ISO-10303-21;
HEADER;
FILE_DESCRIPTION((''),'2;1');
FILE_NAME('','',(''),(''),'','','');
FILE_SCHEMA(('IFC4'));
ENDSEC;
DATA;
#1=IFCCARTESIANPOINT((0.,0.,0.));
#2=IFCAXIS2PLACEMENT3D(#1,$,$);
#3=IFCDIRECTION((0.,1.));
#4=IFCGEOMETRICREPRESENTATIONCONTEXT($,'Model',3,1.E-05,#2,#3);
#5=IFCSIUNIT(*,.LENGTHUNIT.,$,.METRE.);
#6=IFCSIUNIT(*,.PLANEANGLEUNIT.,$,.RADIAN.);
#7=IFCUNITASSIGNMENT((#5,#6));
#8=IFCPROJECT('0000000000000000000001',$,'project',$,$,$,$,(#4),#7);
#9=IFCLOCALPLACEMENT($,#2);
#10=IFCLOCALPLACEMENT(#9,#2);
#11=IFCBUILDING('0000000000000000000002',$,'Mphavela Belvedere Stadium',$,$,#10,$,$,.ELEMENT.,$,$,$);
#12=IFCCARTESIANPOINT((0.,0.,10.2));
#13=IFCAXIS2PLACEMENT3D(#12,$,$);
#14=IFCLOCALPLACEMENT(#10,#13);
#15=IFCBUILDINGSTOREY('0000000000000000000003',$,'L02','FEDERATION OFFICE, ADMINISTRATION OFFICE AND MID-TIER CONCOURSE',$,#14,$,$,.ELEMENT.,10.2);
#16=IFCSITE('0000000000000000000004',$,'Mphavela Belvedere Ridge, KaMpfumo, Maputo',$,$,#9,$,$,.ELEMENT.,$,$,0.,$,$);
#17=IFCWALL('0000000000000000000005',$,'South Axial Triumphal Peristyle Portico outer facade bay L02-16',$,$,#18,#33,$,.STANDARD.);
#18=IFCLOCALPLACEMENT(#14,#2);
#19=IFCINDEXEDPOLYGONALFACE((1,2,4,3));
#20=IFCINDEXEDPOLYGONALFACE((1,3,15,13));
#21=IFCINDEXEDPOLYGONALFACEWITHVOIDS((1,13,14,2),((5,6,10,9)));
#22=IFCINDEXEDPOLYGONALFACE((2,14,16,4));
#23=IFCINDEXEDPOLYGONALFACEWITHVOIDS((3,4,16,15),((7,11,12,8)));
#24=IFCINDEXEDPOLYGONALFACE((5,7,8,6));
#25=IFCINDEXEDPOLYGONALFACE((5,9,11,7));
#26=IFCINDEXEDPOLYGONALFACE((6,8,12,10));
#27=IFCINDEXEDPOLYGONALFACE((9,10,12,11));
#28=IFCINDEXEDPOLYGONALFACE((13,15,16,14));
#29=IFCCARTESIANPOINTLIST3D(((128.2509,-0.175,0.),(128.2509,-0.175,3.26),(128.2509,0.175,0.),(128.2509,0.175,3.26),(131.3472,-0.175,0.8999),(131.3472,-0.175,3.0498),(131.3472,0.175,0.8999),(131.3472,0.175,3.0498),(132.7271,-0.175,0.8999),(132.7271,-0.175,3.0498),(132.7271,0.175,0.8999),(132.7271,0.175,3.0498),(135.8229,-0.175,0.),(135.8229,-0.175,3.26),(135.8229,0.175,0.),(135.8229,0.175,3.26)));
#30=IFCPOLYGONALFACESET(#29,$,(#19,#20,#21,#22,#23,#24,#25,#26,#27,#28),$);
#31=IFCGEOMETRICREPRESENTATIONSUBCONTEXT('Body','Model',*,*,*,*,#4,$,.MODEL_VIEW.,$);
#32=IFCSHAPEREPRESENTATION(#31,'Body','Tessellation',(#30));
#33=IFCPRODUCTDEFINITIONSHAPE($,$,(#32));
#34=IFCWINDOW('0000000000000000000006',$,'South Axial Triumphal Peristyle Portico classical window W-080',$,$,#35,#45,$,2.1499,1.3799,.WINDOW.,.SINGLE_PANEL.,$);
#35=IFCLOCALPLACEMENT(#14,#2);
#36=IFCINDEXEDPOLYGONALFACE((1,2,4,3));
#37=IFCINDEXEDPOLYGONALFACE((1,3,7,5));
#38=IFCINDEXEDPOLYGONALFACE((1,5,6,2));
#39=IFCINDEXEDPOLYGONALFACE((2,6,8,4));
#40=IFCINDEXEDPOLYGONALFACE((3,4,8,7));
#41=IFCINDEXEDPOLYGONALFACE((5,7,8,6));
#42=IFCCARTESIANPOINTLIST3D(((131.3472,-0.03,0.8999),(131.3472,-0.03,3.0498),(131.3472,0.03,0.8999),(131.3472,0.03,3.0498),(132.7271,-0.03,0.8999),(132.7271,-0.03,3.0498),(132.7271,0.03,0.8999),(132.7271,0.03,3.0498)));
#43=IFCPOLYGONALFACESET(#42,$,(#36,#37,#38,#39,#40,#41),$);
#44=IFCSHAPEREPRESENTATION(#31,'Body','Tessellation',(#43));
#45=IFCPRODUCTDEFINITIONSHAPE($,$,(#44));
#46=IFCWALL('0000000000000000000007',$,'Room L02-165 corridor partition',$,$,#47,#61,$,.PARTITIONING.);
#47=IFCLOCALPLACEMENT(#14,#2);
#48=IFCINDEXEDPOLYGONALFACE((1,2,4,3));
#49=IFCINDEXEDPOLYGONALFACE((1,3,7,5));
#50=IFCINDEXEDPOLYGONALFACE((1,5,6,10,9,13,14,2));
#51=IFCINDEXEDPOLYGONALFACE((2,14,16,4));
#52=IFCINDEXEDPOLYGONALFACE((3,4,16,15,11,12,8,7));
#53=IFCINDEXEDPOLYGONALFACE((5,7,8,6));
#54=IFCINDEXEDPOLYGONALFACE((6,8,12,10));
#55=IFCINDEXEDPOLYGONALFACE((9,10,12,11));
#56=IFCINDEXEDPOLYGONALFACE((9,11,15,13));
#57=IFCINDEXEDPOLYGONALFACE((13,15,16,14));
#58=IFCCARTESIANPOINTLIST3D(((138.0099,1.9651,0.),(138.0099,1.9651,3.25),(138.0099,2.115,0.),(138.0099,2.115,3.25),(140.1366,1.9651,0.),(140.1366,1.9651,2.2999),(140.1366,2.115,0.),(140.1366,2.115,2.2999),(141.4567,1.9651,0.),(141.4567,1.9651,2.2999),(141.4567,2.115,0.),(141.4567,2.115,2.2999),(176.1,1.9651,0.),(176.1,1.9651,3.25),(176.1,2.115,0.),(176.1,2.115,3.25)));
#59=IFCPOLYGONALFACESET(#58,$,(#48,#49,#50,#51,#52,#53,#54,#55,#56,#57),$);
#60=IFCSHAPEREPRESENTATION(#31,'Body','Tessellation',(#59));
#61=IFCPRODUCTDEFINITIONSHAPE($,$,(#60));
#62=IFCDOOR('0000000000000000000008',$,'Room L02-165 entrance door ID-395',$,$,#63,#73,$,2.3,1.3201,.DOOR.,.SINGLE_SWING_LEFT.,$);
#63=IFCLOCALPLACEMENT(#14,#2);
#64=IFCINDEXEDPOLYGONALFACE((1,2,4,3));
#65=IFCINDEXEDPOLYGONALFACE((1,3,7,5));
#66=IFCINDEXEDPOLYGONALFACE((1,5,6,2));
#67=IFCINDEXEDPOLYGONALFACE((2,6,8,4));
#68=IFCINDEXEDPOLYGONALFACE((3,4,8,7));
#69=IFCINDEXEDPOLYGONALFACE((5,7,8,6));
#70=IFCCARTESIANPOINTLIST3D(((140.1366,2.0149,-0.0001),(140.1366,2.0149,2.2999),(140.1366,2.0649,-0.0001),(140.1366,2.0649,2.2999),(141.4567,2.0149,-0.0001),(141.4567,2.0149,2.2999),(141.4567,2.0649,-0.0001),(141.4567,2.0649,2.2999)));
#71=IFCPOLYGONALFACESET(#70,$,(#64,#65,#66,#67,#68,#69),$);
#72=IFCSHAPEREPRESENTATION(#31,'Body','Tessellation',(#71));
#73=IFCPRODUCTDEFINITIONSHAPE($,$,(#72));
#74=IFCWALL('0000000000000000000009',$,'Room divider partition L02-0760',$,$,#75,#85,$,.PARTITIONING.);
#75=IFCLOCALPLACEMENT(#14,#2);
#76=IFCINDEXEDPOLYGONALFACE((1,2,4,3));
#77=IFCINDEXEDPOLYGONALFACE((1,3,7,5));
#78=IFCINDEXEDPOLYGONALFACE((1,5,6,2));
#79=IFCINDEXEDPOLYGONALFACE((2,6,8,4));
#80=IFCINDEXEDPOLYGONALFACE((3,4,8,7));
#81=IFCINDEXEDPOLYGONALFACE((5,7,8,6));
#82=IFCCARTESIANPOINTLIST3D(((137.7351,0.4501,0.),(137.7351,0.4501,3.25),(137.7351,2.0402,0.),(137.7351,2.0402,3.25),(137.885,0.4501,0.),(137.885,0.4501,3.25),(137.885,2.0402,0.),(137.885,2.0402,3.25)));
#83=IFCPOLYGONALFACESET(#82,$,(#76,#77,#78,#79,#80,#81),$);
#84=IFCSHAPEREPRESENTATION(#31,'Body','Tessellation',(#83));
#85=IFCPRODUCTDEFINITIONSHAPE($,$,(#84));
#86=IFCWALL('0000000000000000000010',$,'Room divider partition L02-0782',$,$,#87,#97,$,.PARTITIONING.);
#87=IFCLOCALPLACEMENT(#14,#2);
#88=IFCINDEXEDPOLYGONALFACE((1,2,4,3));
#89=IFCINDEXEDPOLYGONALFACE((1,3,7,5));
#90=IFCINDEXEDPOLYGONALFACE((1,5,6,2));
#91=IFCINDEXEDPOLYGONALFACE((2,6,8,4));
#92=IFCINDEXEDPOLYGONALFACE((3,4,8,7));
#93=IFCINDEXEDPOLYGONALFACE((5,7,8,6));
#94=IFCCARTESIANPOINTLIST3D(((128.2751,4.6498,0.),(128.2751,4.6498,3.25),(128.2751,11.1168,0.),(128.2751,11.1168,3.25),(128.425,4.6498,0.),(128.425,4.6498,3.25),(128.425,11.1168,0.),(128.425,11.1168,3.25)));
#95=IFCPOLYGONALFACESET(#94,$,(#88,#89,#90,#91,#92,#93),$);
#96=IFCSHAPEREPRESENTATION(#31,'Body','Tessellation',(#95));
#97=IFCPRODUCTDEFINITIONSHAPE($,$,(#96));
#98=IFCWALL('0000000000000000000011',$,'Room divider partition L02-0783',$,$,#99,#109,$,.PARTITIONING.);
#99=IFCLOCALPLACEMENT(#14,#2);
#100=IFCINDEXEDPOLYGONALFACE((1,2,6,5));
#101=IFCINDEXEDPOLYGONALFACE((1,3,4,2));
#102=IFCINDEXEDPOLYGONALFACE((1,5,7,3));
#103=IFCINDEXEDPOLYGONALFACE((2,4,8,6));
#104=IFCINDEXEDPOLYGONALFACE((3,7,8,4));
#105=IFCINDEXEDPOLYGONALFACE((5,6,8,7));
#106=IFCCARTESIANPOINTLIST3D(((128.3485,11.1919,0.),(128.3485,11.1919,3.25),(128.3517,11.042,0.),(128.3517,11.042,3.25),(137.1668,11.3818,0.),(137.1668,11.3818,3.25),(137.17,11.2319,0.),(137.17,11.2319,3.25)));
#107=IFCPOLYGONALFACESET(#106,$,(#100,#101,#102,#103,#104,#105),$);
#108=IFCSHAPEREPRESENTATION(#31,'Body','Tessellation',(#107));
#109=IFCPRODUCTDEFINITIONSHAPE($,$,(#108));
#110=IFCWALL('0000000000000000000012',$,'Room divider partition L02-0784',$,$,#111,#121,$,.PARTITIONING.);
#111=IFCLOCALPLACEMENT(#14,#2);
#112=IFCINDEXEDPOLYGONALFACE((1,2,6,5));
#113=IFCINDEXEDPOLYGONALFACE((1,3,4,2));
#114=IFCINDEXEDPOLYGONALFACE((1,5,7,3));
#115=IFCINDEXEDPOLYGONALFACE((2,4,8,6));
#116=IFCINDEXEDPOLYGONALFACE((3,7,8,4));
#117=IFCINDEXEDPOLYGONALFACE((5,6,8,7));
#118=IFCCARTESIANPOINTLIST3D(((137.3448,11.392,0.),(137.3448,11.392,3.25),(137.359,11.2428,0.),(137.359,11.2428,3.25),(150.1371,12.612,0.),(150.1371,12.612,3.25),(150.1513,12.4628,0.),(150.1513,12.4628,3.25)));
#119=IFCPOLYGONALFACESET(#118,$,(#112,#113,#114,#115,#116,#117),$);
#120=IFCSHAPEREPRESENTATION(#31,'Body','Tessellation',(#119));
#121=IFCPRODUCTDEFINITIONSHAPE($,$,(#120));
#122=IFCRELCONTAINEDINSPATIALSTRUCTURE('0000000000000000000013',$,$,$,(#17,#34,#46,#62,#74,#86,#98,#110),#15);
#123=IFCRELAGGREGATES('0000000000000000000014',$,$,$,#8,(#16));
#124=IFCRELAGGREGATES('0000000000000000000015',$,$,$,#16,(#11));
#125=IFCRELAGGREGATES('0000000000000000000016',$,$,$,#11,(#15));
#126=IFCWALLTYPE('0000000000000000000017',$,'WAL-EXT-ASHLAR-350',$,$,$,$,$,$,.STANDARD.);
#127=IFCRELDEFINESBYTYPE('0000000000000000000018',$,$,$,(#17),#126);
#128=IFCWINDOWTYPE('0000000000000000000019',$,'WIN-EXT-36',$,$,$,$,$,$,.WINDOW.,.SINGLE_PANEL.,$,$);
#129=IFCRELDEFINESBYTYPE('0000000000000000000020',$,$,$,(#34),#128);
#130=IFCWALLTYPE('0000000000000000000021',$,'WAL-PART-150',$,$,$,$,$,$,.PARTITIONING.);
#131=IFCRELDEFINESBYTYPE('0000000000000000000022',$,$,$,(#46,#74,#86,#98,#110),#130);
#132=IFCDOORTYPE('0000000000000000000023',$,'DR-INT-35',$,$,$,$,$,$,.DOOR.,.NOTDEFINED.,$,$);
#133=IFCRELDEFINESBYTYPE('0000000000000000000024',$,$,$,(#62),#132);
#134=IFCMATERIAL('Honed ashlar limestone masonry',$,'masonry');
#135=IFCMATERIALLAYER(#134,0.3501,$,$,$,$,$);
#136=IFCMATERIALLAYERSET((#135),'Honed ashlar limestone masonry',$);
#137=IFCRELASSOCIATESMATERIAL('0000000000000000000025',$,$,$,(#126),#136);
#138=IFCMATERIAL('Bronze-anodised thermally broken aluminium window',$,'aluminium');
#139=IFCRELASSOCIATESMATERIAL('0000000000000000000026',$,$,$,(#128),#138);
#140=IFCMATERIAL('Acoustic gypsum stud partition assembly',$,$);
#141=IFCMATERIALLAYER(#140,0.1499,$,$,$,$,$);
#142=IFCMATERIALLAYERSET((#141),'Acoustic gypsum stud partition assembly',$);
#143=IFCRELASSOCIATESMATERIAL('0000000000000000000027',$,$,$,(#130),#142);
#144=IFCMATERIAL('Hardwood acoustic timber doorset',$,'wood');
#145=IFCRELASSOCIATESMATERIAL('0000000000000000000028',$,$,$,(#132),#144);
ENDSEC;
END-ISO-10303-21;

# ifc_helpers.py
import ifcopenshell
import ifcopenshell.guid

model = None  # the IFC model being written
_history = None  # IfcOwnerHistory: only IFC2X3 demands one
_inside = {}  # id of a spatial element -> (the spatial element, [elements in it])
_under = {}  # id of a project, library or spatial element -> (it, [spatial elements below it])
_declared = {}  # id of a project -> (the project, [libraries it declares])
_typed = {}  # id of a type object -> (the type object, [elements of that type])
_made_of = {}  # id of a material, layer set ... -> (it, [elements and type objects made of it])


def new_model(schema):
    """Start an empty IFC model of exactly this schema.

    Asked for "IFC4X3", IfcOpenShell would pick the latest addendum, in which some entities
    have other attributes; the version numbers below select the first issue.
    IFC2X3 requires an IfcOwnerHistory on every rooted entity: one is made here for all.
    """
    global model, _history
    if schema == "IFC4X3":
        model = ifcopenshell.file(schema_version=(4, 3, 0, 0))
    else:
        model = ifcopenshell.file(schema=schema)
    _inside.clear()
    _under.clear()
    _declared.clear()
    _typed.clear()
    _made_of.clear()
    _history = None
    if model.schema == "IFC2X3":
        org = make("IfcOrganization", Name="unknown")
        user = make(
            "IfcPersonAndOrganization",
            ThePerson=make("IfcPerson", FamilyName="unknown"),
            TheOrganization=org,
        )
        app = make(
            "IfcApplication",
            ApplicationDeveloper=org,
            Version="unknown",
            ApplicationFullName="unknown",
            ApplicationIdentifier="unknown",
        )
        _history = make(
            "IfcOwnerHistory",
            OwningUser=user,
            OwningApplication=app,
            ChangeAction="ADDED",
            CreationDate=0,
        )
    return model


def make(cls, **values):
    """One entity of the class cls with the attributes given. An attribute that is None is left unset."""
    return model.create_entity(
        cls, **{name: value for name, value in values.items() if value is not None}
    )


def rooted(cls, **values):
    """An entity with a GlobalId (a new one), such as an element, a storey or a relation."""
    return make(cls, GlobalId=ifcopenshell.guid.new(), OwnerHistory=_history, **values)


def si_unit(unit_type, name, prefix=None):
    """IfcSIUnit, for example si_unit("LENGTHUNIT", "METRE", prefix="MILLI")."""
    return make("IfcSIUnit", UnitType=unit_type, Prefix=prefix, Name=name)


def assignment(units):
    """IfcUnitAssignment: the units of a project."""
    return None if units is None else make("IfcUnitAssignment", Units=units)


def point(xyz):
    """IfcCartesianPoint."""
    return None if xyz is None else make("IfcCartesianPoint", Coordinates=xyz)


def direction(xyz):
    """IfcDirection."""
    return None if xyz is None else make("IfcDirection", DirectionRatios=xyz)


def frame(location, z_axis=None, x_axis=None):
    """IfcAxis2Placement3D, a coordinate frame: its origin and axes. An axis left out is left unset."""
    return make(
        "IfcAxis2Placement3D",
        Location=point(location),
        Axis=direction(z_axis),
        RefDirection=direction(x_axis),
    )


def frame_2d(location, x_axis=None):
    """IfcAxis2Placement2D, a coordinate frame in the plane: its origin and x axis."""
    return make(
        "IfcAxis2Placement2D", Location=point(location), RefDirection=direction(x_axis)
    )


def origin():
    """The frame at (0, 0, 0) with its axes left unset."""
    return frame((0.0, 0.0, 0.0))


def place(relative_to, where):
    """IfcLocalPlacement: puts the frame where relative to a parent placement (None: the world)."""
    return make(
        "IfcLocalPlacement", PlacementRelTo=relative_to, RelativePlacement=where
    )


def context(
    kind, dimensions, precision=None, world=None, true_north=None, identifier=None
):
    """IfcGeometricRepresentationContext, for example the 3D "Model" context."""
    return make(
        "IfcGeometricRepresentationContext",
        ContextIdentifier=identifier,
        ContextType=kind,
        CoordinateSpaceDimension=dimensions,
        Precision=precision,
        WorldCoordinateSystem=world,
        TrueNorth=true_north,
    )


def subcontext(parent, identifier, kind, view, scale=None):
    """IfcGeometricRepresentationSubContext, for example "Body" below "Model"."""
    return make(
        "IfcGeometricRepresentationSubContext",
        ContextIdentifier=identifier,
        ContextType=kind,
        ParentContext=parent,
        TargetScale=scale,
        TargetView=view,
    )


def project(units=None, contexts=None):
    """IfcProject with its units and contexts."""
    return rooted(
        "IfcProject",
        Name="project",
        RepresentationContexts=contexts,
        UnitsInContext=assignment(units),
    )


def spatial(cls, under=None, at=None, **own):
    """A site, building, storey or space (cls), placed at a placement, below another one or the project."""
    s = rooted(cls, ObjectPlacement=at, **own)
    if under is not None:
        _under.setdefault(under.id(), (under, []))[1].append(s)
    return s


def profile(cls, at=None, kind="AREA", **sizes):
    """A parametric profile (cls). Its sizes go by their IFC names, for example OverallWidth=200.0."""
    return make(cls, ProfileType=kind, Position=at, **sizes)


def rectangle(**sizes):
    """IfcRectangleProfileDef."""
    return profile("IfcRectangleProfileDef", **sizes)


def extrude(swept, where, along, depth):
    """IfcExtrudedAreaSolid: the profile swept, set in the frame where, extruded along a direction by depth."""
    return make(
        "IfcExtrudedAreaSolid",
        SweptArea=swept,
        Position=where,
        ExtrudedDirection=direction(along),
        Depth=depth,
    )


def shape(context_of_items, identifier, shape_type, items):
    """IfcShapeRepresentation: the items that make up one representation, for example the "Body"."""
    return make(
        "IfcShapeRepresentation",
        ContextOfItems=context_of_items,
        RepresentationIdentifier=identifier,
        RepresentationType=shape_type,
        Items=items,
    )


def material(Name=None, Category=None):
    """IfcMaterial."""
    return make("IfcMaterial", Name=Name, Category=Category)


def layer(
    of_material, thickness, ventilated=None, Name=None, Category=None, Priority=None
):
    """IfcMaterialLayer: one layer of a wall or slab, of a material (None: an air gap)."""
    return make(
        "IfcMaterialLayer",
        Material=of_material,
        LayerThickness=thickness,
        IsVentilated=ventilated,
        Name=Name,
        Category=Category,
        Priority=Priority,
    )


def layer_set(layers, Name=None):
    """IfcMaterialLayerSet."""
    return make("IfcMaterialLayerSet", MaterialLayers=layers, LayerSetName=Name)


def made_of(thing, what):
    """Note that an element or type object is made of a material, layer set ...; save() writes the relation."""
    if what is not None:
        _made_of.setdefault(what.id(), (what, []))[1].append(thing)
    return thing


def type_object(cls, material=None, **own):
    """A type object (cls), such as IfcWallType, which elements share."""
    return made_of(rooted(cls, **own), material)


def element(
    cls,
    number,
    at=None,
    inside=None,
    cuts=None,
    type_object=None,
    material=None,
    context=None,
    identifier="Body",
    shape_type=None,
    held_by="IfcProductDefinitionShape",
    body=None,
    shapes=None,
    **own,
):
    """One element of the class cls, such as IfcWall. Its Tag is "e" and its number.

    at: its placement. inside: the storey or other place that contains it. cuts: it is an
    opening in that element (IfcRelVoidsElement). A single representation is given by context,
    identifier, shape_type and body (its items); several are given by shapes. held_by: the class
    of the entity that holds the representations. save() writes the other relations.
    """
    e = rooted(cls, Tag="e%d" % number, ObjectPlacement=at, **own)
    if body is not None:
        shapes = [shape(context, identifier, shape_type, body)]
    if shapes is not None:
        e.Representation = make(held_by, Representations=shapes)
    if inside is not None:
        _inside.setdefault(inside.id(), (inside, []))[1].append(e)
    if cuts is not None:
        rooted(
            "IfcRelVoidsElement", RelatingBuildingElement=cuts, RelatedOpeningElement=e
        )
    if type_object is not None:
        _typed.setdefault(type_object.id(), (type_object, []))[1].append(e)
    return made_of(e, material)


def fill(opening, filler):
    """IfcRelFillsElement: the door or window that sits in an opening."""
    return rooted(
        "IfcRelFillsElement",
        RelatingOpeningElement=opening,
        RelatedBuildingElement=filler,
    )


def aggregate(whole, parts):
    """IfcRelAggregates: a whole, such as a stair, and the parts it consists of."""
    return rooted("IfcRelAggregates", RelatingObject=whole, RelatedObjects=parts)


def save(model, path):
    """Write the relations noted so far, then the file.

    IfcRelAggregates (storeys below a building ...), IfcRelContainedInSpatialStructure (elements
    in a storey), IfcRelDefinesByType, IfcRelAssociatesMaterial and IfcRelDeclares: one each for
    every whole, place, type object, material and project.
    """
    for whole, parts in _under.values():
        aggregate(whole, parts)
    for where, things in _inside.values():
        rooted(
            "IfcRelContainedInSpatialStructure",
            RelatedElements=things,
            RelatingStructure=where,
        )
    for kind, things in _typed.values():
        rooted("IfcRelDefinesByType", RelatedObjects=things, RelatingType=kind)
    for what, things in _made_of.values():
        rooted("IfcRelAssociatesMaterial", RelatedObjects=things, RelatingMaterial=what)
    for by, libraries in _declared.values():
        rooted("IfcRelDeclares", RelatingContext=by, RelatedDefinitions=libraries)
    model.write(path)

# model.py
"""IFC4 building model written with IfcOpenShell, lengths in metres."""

from ifc_helpers import new_model, si_unit, direction, frame, frame_2d, origin, place, context, subcontext, project, spatial, rectangle, extrude, material, layer, layer_set, type_object, element, fill, save


model = new_model("IFC4")

# Units and contexts
model_context = context("Model", 3, precision=1e-05, world=origin(), true_north=direction((0.0, 1.0)))
body_context = subcontext(model_context, "Body", "Model", "MODEL_VIEW")
ifc_project = project(units=[si_unit("LENGTHUNIT", "METRE"), si_unit("PLANEANGLEUNIT", "RADIAN")], contexts=[model_context])

# Site, building, storey
site_placement = place(None, origin())
site = spatial("IfcSite", under=ifc_project, at=site_placement, Name="Mphavela Belvedere Ridge, KaMpfumo, Maputo", CompositionType="ELEMENT", RefElevation=0.0)
building_placement = place(site_placement, origin())
building = spatial("IfcBuilding", under=site, at=building_placement, Name="Mphavela Belvedere Stadium", CompositionType="ELEMENT")
storey_placement = place(building_placement, frame((0.0, 0.0, 10.2)))
storey = spatial("IfcBuildingStorey", under=building, at=storey_placement, Name="L02", Description="FEDERATION OFFICE, ADMINISTRATION OFFICE AND MID-TIER CONCOURSE", CompositionType="ELEMENT", Elevation=10.2)

# Wall, opening, window
ifc_material_1 = material(Name="Honed ashlar limestone masonry", Category="masonry")
ifc_layer_1 = layer(ifc_material_1, 0.3501)
ifc_layer_set_1 = layer_set([ifc_layer_1], Name="Honed ashlar limestone masonry")
wall_type_1 = type_object("IfcWallType", Name="WAL-EXT-ASHLAR-350", PredefinedType="STANDARD", material=ifc_layer_set_1)
wall_1_placement = place(storey_placement, frame((135.823, 0.0, 0.0), z_axis=(0.0, 0.0, 1.0), x_axis=(-1.0, 0.0, 0.0)))
wall_1 = element("IfcWall", 1, at=wall_1_placement, inside=storey, type_object=wall_type_1, Name="South Axial Triumphal Peristyle Portico outer facade bay L02-16", PredefinedType="STANDARD", context=body_context, shape_type="SweptSolid", body=[
    extrude(rectangle(XDim=7.572, YDim=0.3501, at=frame_2d((3.7861, 0.0))), origin(), (0.0, 0.0, 1.0), 3.26),
])
opening_1_placement = place(wall_1_placement, frame((3.0959, 0.0, 0.8999)))
opening_1 = element("IfcOpeningElement", 2, at=opening_1_placement, cuts=wall_1, PredefinedType="OPENING", context=body_context, shape_type="SweptSolid", body=[
    extrude(rectangle(XDim=1.3799, YDim=2.1499, at=frame_2d((0.6899, 1.075))), frame((0.0, 0.1851, 0.0), z_axis=(0.0, -1.0, 0.0), x_axis=(1.0, 0.0, 0.0)), (0.0, 0.0, 1.0), 0.3701),
])
ifc_material_2 = material(Name="Bronze-anodised thermally broken aluminium window", Category="aluminium")
window_type_1 = type_object("IfcWindowType", Name="WIN-EXT-36", PartitioningType="SINGLE_PANEL", PredefinedType="WINDOW", material=ifc_material_2)
window_1_placement = place(opening_1_placement, origin())
window_1 = element("IfcWindow", 3, at=window_1_placement, inside=storey, type_object=window_type_1, Name="South Axial Triumphal Peristyle Portico classical window W-080", OverallHeight=2.1499, OverallWidth=1.3799, PartitioningType="SINGLE_PANEL", PredefinedType="WINDOW", context=body_context, shape_type="SweptSolid", body=[
    extrude(rectangle(XDim=1.3799, YDim=2.1499, at=frame_2d((0.6899, 1.075))), frame((0.0, 0.03, 0.0), z_axis=(0.0, -1.0, 0.0), x_axis=(1.0, 0.0, 0.0)), (0.0, 0.0, 1.0), 0.0601),
])
fill(opening_1, window_1)

# Wall, opening, door
ifc_material_3 = material(Name="Acoustic gypsum stud partition assembly")
ifc_layer_2 = layer(ifc_material_3, 0.1499)
ifc_layer_set_2 = layer_set([ifc_layer_2], Name="Acoustic gypsum stud partition assembly")
wall_type_2 = type_object("IfcWallType", Name="WAL-PART-150", PredefinedType="PARTITIONING", material=ifc_layer_set_2)
wall_2_placement = place(storey_placement, frame((138.01, 2.04, 0.0), z_axis=(0.0, 0.0, 1.0), x_axis=(1.0, 0.0, 0.0)))
wall_2 = element("IfcWall", 4, at=wall_2_placement, inside=storey, type_object=wall_type_2, Name="Room L02-165 corridor partition", PredefinedType="PARTITIONING", context=body_context, shape_type="SweptSolid", body=[
    extrude(rectangle(XDim=38.0901, YDim=0.1499, at=frame_2d((19.0449, 0.0))), origin(), (0.0, 0.0, 1.0), 3.25),
])
opening_2_placement = place(wall_2_placement, frame((2.1265, 0.0, 0.0)))
opening_2 = element("IfcOpeningElement", 5, at=opening_2_placement, cuts=wall_2, PredefinedType="OPENING", context=body_context, shape_type="SweptSolid", body=[
    extrude(rectangle(XDim=1.3201, YDim=2.3, at=frame_2d((0.6602, 1.1499))), frame((0.0, 0.085, 0.0), z_axis=(0.0, -1.0, 0.0), x_axis=(1.0, 0.0, 0.0)), (0.0, 0.0, 1.0), 0.1699),
])
ifc_material_4 = material(Name="Hardwood acoustic timber doorset", Category="wood")
door_type = type_object("IfcDoorType", Name="DR-INT-35", OperationType="NOTDEFINED", PredefinedType="DOOR", material=ifc_material_4)
door_placement = place(opening_2_placement, origin())
door = element("IfcDoor", 6, at=door_placement, inside=storey, type_object=door_type, Name="Room L02-165 entrance door ID-395", OperationType="SINGLE_SWING_LEFT", OverallHeight=2.3, OverallWidth=1.3201, PredefinedType="DOOR", context=body_context, shape_type="SweptSolid", body=[
    extrude(rectangle(XDim=1.3201, YDim=2.3, at=frame_2d((0.6602, 1.1499))), frame((0.0, 0.0249, 0.0), z_axis=(0.0, -1.0, 0.0), x_axis=(1.0, 0.0, 0.0)), (0.0, 0.0, 1.0), 0.05),
])
fill(opening_2, door)

# Walls
wall_3_placement = place(storey_placement, frame((137.8101, 2.04, 0.0), z_axis=(0.0, 0.0, 1.0), x_axis=(0.0, -1.0, 0.0)))
element("IfcWall", 7, at=wall_3_placement, inside=storey, type_object=wall_type_2, Name="Room divider partition L02-0760", PredefinedType="PARTITIONING", context=body_context, shape_type="SweptSolid", body=[
    extrude(rectangle(XDim=1.5901, YDim=0.1499, at=frame_2d((0.7949, 0.0))), origin(), (0.0, 0.0, 1.0), 3.25),
])
wall_4_placement = place(storey_placement, frame((128.3501, 4.6499, 0.0), z_axis=(0.0, 0.0, 1.0), x_axis=(0.0, 1.0, 0.0)))
element("IfcWall", 8, at=wall_4_placement, inside=storey, type_object=wall_type_2, Name="Room divider partition L02-0782", PredefinedType="PARTITIONING", context=body_context, shape_type="SweptSolid", body=[
    extrude(rectangle(XDim=6.467, YDim=0.1499, at=frame_2d((3.2334, 0.0))), origin(), (0.0, 0.0, 1.0), 3.25),
])
wall_5_placement = place(storey_placement, frame((128.3501, 11.1169, 0.0), z_axis=(0.0, 0.0, 1.0), x_axis=(0.999768, 0.021534, 0.0)))
element("IfcWall", 9, at=wall_5_placement, inside=storey, type_object=wall_type_2, Name="Room divider partition L02-0783", PredefinedType="PARTITIONING", context=body_context, shape_type="SweptSolid", body=[
    extrude(rectangle(XDim=8.8203, YDim=0.1499, at=frame_2d((4.4102, 0.0))), origin(), (0.0, 0.0, 1.0), 3.25),
])
wall_6_placement = place(storey_placement, frame((137.3518, 11.3174, 0.0), z_axis=(0.0, 0.0, 1.0), x_axis=(0.995483, 0.094937, 0.0)))
element("IfcWall", 10, at=wall_6_placement, inside=storey, type_object=wall_type_2, Name="Room divider partition L02-0784", PredefinedType="PARTITIONING", context=body_context, shape_type="SweptSolid", body=[
    extrude(rectangle(XDim=12.8503, YDim=0.1499, at=frame_2d((6.4253, 0.0))), origin(), (0.0, 0.0, 1.0), 3.25),
])

save(model, "model.ifc")
